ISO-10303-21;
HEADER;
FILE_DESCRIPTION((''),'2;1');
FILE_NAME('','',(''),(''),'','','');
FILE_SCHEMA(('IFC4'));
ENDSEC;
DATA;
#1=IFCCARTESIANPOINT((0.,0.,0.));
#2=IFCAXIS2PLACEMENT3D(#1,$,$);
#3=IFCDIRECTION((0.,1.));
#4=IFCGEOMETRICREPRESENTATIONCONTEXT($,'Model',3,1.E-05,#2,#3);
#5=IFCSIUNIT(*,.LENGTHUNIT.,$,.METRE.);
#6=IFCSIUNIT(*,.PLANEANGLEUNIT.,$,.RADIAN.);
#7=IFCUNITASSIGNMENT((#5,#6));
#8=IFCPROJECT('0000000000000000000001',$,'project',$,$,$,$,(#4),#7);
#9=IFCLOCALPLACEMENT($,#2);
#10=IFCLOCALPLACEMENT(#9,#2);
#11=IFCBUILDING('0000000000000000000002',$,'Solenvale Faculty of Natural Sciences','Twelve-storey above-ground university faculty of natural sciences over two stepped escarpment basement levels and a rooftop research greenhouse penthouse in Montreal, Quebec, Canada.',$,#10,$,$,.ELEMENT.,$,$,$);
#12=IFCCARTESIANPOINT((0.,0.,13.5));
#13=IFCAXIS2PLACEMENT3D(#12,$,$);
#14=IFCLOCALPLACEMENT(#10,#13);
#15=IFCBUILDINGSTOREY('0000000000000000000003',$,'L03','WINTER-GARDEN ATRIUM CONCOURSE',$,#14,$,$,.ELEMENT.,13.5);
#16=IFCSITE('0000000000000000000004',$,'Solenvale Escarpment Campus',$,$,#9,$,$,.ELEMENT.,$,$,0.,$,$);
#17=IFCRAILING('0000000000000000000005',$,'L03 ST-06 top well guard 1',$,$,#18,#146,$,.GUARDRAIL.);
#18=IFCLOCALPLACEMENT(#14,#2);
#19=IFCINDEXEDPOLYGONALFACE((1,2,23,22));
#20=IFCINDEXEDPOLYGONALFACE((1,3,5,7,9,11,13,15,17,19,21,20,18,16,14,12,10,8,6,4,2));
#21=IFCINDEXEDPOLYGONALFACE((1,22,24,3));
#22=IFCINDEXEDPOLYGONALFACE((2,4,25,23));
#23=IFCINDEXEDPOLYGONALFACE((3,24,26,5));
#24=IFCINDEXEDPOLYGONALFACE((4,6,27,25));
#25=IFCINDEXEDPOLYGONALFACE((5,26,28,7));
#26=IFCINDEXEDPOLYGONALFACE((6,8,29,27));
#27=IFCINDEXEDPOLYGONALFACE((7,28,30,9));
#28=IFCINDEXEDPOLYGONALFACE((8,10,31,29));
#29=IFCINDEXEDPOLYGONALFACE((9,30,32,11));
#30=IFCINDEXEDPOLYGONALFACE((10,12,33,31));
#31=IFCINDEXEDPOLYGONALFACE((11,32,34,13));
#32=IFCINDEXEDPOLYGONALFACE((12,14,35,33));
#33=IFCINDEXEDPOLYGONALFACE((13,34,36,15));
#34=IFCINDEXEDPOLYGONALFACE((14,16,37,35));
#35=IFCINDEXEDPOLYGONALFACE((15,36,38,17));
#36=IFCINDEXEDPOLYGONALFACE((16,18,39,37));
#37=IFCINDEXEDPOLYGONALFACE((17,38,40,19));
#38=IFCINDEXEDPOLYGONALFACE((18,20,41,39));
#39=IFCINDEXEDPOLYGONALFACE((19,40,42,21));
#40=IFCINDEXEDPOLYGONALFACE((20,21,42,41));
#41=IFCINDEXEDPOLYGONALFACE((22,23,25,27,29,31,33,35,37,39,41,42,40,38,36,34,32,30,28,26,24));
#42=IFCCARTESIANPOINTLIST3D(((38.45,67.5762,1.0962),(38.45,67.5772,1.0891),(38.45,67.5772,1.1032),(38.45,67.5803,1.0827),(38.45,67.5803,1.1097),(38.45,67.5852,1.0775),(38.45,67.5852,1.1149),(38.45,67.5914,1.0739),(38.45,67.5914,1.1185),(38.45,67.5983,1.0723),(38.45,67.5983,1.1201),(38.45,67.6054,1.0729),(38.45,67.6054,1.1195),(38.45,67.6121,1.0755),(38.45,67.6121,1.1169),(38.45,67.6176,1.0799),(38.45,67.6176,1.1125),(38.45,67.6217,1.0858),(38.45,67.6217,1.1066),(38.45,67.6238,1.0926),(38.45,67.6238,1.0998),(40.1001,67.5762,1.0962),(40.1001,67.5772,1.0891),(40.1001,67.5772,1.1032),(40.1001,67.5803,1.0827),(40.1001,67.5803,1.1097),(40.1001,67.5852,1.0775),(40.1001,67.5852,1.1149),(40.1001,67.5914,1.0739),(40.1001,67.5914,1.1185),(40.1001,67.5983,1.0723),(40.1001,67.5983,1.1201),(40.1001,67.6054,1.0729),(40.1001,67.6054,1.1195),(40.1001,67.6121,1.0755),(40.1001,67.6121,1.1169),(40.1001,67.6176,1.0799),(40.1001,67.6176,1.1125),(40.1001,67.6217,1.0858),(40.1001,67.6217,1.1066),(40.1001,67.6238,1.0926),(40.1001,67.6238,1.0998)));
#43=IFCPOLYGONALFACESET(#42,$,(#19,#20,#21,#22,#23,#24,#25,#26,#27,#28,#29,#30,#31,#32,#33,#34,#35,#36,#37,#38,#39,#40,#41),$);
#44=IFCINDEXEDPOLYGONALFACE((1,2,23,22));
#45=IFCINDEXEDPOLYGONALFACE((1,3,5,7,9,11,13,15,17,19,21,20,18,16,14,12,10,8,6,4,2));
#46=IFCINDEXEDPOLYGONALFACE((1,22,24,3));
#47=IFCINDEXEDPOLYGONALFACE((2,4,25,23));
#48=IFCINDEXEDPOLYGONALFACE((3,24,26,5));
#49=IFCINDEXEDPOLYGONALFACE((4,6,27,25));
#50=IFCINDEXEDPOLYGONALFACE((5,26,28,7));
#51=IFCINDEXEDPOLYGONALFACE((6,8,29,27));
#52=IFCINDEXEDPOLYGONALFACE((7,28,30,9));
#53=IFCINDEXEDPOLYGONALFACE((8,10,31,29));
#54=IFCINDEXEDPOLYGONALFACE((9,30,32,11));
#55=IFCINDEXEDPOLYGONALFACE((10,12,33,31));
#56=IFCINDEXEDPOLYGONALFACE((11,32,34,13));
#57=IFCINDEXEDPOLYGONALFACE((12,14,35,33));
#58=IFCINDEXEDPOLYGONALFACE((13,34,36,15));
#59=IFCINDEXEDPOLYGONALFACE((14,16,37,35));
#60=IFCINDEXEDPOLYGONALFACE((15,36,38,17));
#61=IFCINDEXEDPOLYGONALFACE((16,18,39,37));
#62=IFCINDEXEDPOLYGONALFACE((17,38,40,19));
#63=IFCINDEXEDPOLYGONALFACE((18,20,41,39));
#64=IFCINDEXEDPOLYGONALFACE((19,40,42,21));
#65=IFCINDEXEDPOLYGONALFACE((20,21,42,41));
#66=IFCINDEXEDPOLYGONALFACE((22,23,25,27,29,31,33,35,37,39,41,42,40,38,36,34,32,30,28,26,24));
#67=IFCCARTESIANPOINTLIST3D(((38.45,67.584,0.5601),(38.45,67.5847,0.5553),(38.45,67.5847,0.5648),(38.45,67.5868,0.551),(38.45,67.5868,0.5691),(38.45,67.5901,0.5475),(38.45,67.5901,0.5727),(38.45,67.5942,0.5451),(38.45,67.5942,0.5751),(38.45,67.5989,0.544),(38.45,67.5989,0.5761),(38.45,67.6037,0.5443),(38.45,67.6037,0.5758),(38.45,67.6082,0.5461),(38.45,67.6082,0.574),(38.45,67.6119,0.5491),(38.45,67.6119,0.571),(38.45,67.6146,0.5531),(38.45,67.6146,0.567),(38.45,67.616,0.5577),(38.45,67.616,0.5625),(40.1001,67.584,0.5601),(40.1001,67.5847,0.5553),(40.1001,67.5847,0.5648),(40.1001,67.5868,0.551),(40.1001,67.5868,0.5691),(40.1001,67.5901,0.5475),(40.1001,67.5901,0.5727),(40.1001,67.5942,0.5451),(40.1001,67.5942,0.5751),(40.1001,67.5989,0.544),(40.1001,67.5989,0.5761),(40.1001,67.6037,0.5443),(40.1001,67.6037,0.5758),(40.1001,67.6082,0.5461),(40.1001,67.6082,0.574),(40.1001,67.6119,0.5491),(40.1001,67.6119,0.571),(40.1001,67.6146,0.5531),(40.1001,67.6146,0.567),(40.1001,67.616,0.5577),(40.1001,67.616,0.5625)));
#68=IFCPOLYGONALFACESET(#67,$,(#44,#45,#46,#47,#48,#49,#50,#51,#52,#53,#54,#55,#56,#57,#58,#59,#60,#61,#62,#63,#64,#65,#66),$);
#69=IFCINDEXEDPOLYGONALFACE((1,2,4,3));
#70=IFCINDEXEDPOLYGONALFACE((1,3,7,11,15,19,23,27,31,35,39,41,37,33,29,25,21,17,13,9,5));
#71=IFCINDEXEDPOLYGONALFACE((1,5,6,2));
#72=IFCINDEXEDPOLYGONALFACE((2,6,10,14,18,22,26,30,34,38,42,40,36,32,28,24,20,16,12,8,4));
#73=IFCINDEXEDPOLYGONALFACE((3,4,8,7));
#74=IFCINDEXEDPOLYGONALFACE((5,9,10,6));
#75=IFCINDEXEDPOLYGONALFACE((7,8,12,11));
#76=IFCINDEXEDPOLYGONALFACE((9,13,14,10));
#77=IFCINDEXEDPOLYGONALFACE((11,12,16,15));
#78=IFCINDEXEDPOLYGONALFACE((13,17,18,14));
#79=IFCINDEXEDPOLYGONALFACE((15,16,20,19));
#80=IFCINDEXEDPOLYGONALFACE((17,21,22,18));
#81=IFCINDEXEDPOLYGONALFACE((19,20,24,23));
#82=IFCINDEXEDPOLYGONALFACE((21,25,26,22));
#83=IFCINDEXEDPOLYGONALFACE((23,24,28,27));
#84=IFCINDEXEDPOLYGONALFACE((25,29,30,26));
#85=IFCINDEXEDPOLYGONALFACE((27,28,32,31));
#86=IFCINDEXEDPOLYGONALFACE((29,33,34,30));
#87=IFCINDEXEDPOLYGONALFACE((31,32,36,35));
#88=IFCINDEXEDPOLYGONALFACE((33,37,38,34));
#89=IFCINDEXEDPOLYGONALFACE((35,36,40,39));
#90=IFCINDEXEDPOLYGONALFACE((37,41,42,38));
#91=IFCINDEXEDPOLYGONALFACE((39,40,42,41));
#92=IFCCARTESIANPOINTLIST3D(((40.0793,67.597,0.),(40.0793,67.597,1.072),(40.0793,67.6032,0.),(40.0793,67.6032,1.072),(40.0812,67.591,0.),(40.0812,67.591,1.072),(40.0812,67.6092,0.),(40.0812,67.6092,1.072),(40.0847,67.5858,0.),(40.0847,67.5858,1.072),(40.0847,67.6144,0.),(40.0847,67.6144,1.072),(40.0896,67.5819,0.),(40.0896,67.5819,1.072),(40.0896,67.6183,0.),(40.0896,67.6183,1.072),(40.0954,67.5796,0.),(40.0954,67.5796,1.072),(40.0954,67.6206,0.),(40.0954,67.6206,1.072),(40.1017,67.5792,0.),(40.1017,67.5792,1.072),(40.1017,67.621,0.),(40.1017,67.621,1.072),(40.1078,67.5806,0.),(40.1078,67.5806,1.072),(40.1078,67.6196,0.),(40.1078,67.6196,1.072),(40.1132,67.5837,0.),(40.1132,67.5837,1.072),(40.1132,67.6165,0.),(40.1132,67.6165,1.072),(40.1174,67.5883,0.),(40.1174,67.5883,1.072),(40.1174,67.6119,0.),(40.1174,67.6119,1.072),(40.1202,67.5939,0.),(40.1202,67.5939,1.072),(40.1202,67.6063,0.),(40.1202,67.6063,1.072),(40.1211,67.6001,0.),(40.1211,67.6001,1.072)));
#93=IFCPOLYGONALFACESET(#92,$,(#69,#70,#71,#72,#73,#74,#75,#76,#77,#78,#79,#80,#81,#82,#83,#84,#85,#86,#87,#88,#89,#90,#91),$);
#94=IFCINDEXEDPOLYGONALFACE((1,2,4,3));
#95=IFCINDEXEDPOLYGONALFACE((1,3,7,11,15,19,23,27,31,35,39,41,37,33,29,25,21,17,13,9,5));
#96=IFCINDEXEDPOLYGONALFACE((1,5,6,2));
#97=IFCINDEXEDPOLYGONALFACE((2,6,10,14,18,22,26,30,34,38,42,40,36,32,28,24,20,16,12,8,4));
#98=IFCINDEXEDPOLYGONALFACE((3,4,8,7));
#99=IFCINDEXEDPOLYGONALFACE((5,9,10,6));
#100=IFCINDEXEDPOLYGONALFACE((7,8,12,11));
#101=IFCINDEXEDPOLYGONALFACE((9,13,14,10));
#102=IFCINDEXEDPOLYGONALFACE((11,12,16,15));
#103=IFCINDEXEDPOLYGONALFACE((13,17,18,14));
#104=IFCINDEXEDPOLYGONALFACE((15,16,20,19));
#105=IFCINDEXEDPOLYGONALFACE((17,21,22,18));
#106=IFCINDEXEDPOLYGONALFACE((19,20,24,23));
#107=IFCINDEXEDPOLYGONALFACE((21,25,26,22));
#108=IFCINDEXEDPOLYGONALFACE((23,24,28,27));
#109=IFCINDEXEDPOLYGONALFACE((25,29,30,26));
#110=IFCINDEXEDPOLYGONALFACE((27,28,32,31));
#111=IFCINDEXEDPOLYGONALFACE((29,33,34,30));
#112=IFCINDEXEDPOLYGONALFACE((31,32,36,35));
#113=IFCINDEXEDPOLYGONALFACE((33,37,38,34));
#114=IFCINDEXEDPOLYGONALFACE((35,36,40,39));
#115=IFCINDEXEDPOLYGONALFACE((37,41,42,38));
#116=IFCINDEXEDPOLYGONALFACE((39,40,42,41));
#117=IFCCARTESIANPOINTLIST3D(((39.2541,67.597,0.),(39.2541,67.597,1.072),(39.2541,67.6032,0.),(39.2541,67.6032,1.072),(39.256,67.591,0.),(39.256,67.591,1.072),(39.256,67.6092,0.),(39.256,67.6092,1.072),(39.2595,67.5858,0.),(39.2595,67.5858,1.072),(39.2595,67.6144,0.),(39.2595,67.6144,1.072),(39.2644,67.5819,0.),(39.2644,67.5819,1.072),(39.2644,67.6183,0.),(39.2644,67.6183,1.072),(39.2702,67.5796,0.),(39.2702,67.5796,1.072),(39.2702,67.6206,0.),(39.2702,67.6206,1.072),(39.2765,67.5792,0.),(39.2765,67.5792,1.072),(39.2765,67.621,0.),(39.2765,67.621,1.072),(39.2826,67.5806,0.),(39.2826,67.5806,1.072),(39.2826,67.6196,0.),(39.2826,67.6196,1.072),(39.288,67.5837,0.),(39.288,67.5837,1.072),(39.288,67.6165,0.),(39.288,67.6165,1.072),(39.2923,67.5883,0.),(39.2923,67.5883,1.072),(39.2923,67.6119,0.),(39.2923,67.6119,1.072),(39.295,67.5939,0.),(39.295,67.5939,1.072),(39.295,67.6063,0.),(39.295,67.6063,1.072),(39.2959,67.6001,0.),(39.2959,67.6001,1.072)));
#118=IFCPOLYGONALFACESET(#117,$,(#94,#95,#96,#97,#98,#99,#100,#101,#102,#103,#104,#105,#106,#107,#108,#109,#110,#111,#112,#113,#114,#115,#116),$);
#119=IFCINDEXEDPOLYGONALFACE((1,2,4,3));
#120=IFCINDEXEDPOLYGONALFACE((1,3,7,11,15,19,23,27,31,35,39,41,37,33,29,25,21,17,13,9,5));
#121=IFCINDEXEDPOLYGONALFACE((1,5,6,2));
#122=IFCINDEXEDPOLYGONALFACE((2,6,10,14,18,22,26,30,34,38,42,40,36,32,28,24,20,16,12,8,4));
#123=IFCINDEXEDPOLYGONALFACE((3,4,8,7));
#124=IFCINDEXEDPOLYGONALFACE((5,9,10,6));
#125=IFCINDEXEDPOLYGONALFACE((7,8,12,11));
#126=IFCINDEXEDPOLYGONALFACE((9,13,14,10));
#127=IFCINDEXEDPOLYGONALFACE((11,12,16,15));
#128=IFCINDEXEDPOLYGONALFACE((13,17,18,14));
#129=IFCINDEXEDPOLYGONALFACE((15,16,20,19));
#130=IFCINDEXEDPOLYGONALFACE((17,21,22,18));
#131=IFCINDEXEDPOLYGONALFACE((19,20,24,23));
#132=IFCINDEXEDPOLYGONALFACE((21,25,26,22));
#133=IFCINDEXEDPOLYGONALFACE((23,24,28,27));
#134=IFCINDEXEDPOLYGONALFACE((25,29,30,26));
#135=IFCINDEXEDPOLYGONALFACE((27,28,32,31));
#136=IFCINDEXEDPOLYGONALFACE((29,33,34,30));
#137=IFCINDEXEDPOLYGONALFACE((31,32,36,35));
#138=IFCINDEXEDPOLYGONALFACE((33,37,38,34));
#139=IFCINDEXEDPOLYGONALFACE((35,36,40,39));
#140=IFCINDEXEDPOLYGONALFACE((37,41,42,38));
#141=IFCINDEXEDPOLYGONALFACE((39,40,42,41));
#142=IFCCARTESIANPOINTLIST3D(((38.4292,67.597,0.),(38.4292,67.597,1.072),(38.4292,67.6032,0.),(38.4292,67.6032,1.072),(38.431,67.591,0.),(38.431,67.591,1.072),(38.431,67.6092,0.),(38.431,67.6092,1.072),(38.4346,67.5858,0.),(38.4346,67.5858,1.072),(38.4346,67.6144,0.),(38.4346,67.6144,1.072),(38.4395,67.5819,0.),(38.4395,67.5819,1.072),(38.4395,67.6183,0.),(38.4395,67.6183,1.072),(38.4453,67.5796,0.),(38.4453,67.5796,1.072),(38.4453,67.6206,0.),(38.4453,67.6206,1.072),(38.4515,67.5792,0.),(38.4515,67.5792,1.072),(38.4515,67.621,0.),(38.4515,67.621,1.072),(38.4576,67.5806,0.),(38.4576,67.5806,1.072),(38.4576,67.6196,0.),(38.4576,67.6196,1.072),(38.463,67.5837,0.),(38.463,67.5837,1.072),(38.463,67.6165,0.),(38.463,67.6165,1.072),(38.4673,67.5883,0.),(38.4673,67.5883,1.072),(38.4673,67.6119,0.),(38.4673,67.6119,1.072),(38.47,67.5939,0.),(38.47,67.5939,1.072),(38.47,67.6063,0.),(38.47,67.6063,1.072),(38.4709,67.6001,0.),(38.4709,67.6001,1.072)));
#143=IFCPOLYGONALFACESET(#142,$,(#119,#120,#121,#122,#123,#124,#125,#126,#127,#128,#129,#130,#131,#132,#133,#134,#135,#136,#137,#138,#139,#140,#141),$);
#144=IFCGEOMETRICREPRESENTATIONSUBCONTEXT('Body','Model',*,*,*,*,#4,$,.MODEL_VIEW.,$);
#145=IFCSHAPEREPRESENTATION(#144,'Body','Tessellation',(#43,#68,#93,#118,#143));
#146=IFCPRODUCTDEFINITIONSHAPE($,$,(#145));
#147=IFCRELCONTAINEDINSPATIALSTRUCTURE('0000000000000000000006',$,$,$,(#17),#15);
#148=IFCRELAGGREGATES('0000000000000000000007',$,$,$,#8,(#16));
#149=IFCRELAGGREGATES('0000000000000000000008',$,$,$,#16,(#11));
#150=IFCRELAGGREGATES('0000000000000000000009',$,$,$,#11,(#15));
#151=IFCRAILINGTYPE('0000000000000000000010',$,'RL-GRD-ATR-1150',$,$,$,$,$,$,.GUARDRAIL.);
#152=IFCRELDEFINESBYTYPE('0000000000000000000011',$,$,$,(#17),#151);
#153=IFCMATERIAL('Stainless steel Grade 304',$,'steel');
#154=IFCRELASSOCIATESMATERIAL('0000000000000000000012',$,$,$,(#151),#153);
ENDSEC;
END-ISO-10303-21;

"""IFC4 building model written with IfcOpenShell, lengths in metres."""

from ifc_helpers import new_model, si_unit, direction, frame, origin, origin_2d, place, context, subcontext, project, spatial, circle, extrude, material, type_object, element, save


model = new_model("IFC4")

# Units and contexts
model_context = context("Model", 3, precision=1e-05, world=origin(), true_north=direction((0.0, 1.0)))
body_context = subcontext(model_context, "Body", "Model", "MODEL_VIEW")
ifc_project = project(units=[si_unit("LENGTHUNIT", "METRE"), si_unit("PLANEANGLEUNIT", "RADIAN")], contexts=[model_context])

# Site, building, storey
site_placement = place(None, origin())
site = spatial("IfcSite", under=ifc_project, at=site_placement, Name="Solenvale Escarpment Campus", CompositionType="ELEMENT", RefElevation=0.0)
building_placement = place(site_placement, origin())
building = spatial("IfcBuilding", under=site, at=building_placement, Name="Solenvale Faculty of Natural Sciences", Description="Twelve-storey above-ground university faculty of natural sciences over two stepped escarpment basement levels and a rooftop research greenhouse penthouse in Montreal, Quebec, Canada.", CompositionType="ELEMENT")
storey_placement = place(building_placement, frame((0.0, 0.0, 13.5)))
storey = spatial("IfcBuildingStorey", under=building, at=storey_placement, Name="L03", Description="WINTER-GARDEN ATRIUM CONCOURSE", CompositionType="ELEMENT", Elevation=13.5)

# Railing
ifc_material_1 = material(Name="Stainless steel Grade 304", Category="steel")
railing_type = type_object("IfcRailingType", Name="RL-GRD-ATR-1150", PredefinedType="GUARDRAIL", material=ifc_material_1)
railing_1_placement = place(storey_placement, frame((40.1001, 67.6001, 0.0)))
element("IfcRailing", 1, at=railing_1_placement, inside=storey, type_object=railing_type, Name="L03 ST-06 top well guard 1", PredefinedType="GUARDRAIL", context=body_context, shape_type="SweptSolid", body=[
    extrude(circle(Radius=0.0239, at=origin_2d()), frame((0.0, 0.0, 1.0962), z_axis=(-1.0, 0.0, 0.0), x_axis=(0.0, -1.0, 0.0)), (0.0, 0.0, 1.0), 1.6501),
    extrude(circle(Radius=0.0161, at=origin_2d()), frame((0.0, 0.0, 0.5601), z_axis=(-1.0, 0.0, 0.0), x_axis=(0.0, -1.0, 0.0)), (0.0, 0.0, 1.0), 1.6501),
    extrude(circle(Radius=0.021, at=origin_2d()), origin(), (0.0, 0.0, 1.0), 1.072),
    extrude(circle(Radius=0.021, at=origin_2d()), frame((-0.8252, 0.0, 0.0)), (0.0, 0.0, 1.0), 1.072),
    extrude(circle(Radius=0.021, at=origin_2d()), frame((-1.6501, 0.0, 0.0)), (0.0, 0.0, 1.0), 1.072),
])

save(model, "model.ifc")
